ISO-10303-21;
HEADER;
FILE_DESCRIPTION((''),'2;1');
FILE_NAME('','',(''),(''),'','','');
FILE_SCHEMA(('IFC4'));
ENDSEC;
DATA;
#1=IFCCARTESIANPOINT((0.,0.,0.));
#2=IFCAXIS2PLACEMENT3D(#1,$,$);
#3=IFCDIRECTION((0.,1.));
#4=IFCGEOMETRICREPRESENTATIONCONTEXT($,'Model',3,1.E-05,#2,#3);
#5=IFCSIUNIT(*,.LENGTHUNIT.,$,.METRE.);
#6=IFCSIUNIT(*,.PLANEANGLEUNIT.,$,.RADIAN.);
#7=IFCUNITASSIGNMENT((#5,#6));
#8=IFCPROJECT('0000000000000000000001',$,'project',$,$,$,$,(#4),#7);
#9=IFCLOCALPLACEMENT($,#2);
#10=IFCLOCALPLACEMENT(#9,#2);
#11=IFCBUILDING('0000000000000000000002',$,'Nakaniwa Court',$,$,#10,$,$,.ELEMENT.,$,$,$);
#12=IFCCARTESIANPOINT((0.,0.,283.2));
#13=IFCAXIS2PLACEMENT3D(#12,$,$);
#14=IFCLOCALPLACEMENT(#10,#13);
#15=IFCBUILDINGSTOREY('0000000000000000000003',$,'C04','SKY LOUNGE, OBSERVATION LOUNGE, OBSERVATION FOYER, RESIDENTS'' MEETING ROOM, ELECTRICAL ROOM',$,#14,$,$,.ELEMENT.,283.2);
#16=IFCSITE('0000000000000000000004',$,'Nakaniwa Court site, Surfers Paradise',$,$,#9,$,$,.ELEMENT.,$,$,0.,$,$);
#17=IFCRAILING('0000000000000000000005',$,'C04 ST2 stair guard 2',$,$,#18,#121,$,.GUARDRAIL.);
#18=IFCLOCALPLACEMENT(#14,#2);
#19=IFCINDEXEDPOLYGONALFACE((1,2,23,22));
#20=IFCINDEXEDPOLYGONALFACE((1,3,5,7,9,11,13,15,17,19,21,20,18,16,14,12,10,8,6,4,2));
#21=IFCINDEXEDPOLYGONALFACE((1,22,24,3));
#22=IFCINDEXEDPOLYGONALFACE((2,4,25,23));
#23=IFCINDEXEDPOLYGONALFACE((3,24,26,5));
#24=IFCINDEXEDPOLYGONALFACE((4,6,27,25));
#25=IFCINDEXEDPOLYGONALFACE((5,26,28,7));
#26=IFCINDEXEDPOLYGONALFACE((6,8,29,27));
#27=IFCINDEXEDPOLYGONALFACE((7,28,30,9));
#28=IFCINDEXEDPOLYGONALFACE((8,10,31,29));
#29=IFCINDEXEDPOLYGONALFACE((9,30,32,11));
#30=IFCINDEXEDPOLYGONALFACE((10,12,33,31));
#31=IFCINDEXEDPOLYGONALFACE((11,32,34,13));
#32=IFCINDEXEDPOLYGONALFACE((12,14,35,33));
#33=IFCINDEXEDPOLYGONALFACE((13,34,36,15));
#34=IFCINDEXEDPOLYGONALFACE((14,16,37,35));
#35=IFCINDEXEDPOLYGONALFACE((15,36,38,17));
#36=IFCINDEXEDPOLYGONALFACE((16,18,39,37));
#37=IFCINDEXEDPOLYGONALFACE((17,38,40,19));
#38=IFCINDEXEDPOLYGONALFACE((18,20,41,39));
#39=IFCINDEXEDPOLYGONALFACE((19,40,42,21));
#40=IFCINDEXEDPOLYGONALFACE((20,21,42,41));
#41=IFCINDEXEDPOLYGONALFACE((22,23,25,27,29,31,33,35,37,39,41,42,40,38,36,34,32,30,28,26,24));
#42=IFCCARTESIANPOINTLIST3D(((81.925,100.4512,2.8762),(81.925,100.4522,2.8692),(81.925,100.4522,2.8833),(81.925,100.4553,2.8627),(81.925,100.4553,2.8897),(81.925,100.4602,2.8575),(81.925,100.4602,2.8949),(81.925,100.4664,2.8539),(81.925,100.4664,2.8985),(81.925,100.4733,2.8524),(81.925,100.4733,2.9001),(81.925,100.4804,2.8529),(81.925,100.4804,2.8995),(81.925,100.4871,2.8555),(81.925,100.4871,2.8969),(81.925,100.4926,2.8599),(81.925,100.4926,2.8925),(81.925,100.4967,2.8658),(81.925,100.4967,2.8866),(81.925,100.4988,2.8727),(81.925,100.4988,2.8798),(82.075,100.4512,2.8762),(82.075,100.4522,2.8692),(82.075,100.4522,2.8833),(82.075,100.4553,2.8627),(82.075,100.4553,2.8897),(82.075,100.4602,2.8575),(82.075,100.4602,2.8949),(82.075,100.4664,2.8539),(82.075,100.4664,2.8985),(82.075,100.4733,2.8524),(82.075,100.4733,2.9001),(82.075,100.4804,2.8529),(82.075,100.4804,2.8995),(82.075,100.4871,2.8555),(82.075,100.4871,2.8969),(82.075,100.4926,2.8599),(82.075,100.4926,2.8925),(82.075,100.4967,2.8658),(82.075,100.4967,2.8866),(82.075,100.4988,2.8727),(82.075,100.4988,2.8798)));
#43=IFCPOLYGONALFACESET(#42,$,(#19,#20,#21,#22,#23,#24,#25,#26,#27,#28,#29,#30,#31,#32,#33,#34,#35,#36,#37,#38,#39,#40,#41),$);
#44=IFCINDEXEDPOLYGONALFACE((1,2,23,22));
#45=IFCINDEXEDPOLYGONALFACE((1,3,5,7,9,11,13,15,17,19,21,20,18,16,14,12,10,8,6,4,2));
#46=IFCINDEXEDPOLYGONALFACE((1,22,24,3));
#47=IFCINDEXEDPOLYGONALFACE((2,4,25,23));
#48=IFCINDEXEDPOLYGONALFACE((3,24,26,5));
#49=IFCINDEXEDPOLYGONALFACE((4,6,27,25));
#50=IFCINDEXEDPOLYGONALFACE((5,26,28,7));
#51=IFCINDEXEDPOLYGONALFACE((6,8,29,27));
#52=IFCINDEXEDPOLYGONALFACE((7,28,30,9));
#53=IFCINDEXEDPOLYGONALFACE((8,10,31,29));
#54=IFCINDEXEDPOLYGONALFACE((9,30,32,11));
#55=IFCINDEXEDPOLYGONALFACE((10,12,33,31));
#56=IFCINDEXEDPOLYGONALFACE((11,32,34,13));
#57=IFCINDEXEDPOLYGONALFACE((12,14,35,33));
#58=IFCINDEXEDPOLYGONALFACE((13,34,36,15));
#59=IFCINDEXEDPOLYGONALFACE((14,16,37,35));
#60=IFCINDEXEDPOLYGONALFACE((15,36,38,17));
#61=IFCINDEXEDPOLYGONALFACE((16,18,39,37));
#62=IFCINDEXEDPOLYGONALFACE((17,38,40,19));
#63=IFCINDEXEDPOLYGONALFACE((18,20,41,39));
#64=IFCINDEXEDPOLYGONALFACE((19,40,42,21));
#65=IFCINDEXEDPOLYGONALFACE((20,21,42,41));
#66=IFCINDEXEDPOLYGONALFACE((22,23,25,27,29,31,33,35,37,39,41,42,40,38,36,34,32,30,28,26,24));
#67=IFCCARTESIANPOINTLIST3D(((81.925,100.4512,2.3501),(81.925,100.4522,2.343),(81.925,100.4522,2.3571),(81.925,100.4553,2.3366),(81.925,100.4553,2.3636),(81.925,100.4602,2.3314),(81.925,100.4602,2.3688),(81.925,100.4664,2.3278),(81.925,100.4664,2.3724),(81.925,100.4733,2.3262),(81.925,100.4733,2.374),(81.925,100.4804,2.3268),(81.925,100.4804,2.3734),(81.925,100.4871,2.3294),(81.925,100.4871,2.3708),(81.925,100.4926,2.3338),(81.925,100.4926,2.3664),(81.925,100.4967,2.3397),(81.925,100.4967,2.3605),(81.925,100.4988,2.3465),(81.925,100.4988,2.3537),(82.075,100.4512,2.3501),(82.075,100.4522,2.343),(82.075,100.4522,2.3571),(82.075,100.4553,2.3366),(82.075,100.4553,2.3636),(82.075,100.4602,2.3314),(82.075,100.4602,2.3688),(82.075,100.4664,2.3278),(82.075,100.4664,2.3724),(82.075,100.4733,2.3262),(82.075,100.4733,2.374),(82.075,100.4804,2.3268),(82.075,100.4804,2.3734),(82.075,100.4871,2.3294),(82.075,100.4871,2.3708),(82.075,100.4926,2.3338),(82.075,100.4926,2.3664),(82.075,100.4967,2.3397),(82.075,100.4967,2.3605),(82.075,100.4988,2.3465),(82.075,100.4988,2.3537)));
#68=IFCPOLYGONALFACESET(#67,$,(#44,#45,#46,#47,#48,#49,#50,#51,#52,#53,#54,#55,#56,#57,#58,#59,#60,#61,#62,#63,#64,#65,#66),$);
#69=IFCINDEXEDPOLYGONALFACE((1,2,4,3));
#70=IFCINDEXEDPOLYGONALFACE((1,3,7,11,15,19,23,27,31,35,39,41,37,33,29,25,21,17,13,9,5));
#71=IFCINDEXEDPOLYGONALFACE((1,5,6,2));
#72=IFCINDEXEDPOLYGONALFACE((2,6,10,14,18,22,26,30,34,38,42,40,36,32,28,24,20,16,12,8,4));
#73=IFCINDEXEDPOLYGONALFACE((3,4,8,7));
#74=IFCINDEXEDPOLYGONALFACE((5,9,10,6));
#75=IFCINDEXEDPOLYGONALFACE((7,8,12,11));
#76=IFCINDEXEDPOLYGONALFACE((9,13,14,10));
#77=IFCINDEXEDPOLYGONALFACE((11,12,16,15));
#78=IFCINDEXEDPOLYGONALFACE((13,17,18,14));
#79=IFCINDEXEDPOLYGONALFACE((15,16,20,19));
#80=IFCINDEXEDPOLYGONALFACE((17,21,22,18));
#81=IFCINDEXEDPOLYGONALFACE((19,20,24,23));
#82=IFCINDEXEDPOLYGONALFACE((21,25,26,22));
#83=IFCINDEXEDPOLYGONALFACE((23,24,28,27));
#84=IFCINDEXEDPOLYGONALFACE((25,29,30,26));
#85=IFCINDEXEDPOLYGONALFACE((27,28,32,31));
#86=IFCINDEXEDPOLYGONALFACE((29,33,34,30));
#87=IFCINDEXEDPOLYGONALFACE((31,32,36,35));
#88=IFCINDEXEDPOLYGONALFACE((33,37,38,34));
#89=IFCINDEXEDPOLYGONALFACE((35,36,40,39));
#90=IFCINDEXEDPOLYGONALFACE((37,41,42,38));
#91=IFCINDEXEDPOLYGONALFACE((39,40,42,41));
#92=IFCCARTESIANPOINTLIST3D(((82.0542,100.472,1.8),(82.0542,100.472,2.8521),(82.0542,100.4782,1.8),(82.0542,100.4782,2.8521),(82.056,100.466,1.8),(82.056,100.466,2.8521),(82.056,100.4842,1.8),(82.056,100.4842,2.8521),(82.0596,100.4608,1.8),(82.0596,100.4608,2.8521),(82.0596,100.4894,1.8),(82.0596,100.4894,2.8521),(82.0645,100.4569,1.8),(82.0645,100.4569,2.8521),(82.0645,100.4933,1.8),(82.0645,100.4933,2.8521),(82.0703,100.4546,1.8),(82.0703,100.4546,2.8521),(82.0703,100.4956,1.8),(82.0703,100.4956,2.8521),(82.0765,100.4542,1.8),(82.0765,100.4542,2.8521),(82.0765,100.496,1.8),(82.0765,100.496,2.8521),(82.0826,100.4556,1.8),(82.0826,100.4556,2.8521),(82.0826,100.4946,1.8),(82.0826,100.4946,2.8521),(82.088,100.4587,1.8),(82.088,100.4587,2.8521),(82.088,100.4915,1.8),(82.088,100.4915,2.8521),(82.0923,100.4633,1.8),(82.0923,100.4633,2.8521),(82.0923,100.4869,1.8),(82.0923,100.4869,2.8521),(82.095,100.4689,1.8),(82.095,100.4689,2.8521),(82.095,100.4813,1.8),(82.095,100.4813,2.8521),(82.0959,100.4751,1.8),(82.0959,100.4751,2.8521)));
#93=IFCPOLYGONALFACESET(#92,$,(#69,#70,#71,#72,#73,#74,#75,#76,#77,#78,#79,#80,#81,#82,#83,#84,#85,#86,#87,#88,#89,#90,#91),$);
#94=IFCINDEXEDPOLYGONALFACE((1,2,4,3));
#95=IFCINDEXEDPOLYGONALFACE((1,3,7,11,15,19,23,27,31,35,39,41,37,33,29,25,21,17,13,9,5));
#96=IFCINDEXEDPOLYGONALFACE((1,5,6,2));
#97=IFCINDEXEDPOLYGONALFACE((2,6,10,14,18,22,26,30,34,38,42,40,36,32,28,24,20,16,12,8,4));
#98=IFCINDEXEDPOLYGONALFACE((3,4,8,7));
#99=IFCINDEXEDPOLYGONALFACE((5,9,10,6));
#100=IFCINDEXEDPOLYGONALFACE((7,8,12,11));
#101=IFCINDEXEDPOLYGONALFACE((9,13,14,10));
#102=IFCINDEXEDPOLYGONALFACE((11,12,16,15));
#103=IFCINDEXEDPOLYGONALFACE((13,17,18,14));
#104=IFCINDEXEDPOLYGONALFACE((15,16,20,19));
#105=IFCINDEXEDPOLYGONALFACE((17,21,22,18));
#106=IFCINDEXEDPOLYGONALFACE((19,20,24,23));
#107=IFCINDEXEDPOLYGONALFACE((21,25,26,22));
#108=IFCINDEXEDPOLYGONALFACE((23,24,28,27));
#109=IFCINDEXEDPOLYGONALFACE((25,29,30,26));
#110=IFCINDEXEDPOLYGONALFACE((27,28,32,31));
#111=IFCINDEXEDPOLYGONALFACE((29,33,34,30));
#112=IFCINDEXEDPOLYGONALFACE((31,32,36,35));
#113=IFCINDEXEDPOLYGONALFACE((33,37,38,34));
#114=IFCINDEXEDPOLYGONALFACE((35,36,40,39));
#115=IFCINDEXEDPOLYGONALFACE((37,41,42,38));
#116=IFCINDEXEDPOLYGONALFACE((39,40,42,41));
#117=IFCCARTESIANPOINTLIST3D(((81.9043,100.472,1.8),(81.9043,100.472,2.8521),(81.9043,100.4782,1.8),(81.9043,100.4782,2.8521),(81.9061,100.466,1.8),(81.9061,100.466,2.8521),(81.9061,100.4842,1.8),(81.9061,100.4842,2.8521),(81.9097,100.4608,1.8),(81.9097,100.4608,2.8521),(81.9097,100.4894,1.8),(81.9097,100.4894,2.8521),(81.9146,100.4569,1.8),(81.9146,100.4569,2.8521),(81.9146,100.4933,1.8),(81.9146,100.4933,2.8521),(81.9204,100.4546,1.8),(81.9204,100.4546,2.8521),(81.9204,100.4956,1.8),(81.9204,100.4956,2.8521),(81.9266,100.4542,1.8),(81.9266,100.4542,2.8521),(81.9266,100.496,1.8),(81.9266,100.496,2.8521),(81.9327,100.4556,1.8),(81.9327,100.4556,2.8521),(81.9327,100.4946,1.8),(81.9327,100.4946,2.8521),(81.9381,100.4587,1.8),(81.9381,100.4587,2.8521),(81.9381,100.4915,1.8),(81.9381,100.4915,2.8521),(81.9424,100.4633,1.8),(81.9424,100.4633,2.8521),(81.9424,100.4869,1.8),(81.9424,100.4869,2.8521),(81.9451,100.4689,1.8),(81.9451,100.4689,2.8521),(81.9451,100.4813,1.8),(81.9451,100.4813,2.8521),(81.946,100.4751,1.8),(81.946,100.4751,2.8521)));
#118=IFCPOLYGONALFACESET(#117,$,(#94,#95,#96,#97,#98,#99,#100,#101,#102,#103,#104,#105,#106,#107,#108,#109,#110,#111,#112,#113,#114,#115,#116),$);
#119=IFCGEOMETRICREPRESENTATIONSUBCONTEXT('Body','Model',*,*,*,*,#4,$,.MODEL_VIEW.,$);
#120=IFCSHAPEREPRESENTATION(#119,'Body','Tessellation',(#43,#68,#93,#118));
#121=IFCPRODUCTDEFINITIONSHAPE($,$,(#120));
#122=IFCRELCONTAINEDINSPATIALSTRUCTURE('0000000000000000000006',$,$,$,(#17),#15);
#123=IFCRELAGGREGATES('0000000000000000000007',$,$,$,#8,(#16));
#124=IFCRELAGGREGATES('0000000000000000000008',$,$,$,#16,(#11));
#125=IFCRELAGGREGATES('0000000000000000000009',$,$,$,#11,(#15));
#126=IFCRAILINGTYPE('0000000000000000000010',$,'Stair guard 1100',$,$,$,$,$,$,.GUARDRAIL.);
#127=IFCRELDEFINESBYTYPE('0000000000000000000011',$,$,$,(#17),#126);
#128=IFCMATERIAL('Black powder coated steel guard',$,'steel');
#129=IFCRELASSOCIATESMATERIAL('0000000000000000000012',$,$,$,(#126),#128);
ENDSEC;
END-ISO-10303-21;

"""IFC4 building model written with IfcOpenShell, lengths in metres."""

from ifc_helpers import new_model, si_unit, direction, frame, origin, origin_2d, place, context, subcontext, project, spatial, circle, extrude, material, type_object, element, save


model = new_model("IFC4")

# Units and contexts
model_context = context("Model", 3, precision=1e-05, world=origin(), true_north=direction((0.0, 1.0)))
body_context = subcontext(model_context, "Body", "Model", "MODEL_VIEW")
ifc_project = project(units=[si_unit("LENGTHUNIT", "METRE"), si_unit("PLANEANGLEUNIT", "RADIAN")], contexts=[model_context])

# Site, building, storey
site_placement = place(None, origin())
site = spatial("IfcSite", under=ifc_project, at=site_placement, Name="Nakaniwa Court site, Surfers Paradise", CompositionType="ELEMENT", RefElevation=0.0)
building_placement = place(site_placement, origin())
building = spatial("IfcBuilding", under=site, at=building_placement, Name="Nakaniwa Court", CompositionType="ELEMENT")
storey_placement = place(building_placement, frame((0.0, 0.0, 283.2)))
storey = spatial("IfcBuildingStorey", under=building, at=storey_placement, Name="C04", Description="SKY LOUNGE, OBSERVATION LOUNGE, OBSERVATION FOYER, RESIDENTS' MEETING ROOM, ELECTRICAL ROOM", CompositionType="ELEMENT", Elevation=283.2)

# Railing
ifc_material_1 = material(Name="Black powder coated steel guard", Category="steel")
railing_type_1 = type_object("IfcRailingType", Name="Stair guard 1100", PredefinedType="GUARDRAIL", material=ifc_material_1)
railing_1_placement = place(storey_placement, frame((82.075, 100.4751, 1.8)))
element("IfcRailing", 1, at=railing_1_placement, inside=storey, type_object=railing_type_1, Name="C04 ST2 stair guard 2", PredefinedType="GUARDRAIL", context=body_context, shape_type="SweptSolid", body=[
    extrude(circle(Radius=0.0239, at=origin_2d()), frame((0.0, 0.0, 1.0762), z_axis=(-1.0, 0.0, 0.0), x_axis=(0.0, -1.0, 0.0)), (0.0, 0.0, 1.0), 0.1499),
    extrude(circle(Radius=0.0239, at=origin_2d()), frame((0.0, 0.0, 0.55), z_axis=(-1.0, 0.0, 0.0), x_axis=(0.0, -1.0, 0.0)), (0.0, 0.0, 1.0), 0.1499),
    extrude(circle(Radius=0.021, at=origin_2d()), origin(), (0.0, 0.0, 1.0), 1.052),
    extrude(circle(Radius=0.021, at=origin_2d()), frame((-0.1499, 0.0, 0.0)), (0.0, 0.0, 1.0), 1.052),
])

save(model, "model.ifc")
